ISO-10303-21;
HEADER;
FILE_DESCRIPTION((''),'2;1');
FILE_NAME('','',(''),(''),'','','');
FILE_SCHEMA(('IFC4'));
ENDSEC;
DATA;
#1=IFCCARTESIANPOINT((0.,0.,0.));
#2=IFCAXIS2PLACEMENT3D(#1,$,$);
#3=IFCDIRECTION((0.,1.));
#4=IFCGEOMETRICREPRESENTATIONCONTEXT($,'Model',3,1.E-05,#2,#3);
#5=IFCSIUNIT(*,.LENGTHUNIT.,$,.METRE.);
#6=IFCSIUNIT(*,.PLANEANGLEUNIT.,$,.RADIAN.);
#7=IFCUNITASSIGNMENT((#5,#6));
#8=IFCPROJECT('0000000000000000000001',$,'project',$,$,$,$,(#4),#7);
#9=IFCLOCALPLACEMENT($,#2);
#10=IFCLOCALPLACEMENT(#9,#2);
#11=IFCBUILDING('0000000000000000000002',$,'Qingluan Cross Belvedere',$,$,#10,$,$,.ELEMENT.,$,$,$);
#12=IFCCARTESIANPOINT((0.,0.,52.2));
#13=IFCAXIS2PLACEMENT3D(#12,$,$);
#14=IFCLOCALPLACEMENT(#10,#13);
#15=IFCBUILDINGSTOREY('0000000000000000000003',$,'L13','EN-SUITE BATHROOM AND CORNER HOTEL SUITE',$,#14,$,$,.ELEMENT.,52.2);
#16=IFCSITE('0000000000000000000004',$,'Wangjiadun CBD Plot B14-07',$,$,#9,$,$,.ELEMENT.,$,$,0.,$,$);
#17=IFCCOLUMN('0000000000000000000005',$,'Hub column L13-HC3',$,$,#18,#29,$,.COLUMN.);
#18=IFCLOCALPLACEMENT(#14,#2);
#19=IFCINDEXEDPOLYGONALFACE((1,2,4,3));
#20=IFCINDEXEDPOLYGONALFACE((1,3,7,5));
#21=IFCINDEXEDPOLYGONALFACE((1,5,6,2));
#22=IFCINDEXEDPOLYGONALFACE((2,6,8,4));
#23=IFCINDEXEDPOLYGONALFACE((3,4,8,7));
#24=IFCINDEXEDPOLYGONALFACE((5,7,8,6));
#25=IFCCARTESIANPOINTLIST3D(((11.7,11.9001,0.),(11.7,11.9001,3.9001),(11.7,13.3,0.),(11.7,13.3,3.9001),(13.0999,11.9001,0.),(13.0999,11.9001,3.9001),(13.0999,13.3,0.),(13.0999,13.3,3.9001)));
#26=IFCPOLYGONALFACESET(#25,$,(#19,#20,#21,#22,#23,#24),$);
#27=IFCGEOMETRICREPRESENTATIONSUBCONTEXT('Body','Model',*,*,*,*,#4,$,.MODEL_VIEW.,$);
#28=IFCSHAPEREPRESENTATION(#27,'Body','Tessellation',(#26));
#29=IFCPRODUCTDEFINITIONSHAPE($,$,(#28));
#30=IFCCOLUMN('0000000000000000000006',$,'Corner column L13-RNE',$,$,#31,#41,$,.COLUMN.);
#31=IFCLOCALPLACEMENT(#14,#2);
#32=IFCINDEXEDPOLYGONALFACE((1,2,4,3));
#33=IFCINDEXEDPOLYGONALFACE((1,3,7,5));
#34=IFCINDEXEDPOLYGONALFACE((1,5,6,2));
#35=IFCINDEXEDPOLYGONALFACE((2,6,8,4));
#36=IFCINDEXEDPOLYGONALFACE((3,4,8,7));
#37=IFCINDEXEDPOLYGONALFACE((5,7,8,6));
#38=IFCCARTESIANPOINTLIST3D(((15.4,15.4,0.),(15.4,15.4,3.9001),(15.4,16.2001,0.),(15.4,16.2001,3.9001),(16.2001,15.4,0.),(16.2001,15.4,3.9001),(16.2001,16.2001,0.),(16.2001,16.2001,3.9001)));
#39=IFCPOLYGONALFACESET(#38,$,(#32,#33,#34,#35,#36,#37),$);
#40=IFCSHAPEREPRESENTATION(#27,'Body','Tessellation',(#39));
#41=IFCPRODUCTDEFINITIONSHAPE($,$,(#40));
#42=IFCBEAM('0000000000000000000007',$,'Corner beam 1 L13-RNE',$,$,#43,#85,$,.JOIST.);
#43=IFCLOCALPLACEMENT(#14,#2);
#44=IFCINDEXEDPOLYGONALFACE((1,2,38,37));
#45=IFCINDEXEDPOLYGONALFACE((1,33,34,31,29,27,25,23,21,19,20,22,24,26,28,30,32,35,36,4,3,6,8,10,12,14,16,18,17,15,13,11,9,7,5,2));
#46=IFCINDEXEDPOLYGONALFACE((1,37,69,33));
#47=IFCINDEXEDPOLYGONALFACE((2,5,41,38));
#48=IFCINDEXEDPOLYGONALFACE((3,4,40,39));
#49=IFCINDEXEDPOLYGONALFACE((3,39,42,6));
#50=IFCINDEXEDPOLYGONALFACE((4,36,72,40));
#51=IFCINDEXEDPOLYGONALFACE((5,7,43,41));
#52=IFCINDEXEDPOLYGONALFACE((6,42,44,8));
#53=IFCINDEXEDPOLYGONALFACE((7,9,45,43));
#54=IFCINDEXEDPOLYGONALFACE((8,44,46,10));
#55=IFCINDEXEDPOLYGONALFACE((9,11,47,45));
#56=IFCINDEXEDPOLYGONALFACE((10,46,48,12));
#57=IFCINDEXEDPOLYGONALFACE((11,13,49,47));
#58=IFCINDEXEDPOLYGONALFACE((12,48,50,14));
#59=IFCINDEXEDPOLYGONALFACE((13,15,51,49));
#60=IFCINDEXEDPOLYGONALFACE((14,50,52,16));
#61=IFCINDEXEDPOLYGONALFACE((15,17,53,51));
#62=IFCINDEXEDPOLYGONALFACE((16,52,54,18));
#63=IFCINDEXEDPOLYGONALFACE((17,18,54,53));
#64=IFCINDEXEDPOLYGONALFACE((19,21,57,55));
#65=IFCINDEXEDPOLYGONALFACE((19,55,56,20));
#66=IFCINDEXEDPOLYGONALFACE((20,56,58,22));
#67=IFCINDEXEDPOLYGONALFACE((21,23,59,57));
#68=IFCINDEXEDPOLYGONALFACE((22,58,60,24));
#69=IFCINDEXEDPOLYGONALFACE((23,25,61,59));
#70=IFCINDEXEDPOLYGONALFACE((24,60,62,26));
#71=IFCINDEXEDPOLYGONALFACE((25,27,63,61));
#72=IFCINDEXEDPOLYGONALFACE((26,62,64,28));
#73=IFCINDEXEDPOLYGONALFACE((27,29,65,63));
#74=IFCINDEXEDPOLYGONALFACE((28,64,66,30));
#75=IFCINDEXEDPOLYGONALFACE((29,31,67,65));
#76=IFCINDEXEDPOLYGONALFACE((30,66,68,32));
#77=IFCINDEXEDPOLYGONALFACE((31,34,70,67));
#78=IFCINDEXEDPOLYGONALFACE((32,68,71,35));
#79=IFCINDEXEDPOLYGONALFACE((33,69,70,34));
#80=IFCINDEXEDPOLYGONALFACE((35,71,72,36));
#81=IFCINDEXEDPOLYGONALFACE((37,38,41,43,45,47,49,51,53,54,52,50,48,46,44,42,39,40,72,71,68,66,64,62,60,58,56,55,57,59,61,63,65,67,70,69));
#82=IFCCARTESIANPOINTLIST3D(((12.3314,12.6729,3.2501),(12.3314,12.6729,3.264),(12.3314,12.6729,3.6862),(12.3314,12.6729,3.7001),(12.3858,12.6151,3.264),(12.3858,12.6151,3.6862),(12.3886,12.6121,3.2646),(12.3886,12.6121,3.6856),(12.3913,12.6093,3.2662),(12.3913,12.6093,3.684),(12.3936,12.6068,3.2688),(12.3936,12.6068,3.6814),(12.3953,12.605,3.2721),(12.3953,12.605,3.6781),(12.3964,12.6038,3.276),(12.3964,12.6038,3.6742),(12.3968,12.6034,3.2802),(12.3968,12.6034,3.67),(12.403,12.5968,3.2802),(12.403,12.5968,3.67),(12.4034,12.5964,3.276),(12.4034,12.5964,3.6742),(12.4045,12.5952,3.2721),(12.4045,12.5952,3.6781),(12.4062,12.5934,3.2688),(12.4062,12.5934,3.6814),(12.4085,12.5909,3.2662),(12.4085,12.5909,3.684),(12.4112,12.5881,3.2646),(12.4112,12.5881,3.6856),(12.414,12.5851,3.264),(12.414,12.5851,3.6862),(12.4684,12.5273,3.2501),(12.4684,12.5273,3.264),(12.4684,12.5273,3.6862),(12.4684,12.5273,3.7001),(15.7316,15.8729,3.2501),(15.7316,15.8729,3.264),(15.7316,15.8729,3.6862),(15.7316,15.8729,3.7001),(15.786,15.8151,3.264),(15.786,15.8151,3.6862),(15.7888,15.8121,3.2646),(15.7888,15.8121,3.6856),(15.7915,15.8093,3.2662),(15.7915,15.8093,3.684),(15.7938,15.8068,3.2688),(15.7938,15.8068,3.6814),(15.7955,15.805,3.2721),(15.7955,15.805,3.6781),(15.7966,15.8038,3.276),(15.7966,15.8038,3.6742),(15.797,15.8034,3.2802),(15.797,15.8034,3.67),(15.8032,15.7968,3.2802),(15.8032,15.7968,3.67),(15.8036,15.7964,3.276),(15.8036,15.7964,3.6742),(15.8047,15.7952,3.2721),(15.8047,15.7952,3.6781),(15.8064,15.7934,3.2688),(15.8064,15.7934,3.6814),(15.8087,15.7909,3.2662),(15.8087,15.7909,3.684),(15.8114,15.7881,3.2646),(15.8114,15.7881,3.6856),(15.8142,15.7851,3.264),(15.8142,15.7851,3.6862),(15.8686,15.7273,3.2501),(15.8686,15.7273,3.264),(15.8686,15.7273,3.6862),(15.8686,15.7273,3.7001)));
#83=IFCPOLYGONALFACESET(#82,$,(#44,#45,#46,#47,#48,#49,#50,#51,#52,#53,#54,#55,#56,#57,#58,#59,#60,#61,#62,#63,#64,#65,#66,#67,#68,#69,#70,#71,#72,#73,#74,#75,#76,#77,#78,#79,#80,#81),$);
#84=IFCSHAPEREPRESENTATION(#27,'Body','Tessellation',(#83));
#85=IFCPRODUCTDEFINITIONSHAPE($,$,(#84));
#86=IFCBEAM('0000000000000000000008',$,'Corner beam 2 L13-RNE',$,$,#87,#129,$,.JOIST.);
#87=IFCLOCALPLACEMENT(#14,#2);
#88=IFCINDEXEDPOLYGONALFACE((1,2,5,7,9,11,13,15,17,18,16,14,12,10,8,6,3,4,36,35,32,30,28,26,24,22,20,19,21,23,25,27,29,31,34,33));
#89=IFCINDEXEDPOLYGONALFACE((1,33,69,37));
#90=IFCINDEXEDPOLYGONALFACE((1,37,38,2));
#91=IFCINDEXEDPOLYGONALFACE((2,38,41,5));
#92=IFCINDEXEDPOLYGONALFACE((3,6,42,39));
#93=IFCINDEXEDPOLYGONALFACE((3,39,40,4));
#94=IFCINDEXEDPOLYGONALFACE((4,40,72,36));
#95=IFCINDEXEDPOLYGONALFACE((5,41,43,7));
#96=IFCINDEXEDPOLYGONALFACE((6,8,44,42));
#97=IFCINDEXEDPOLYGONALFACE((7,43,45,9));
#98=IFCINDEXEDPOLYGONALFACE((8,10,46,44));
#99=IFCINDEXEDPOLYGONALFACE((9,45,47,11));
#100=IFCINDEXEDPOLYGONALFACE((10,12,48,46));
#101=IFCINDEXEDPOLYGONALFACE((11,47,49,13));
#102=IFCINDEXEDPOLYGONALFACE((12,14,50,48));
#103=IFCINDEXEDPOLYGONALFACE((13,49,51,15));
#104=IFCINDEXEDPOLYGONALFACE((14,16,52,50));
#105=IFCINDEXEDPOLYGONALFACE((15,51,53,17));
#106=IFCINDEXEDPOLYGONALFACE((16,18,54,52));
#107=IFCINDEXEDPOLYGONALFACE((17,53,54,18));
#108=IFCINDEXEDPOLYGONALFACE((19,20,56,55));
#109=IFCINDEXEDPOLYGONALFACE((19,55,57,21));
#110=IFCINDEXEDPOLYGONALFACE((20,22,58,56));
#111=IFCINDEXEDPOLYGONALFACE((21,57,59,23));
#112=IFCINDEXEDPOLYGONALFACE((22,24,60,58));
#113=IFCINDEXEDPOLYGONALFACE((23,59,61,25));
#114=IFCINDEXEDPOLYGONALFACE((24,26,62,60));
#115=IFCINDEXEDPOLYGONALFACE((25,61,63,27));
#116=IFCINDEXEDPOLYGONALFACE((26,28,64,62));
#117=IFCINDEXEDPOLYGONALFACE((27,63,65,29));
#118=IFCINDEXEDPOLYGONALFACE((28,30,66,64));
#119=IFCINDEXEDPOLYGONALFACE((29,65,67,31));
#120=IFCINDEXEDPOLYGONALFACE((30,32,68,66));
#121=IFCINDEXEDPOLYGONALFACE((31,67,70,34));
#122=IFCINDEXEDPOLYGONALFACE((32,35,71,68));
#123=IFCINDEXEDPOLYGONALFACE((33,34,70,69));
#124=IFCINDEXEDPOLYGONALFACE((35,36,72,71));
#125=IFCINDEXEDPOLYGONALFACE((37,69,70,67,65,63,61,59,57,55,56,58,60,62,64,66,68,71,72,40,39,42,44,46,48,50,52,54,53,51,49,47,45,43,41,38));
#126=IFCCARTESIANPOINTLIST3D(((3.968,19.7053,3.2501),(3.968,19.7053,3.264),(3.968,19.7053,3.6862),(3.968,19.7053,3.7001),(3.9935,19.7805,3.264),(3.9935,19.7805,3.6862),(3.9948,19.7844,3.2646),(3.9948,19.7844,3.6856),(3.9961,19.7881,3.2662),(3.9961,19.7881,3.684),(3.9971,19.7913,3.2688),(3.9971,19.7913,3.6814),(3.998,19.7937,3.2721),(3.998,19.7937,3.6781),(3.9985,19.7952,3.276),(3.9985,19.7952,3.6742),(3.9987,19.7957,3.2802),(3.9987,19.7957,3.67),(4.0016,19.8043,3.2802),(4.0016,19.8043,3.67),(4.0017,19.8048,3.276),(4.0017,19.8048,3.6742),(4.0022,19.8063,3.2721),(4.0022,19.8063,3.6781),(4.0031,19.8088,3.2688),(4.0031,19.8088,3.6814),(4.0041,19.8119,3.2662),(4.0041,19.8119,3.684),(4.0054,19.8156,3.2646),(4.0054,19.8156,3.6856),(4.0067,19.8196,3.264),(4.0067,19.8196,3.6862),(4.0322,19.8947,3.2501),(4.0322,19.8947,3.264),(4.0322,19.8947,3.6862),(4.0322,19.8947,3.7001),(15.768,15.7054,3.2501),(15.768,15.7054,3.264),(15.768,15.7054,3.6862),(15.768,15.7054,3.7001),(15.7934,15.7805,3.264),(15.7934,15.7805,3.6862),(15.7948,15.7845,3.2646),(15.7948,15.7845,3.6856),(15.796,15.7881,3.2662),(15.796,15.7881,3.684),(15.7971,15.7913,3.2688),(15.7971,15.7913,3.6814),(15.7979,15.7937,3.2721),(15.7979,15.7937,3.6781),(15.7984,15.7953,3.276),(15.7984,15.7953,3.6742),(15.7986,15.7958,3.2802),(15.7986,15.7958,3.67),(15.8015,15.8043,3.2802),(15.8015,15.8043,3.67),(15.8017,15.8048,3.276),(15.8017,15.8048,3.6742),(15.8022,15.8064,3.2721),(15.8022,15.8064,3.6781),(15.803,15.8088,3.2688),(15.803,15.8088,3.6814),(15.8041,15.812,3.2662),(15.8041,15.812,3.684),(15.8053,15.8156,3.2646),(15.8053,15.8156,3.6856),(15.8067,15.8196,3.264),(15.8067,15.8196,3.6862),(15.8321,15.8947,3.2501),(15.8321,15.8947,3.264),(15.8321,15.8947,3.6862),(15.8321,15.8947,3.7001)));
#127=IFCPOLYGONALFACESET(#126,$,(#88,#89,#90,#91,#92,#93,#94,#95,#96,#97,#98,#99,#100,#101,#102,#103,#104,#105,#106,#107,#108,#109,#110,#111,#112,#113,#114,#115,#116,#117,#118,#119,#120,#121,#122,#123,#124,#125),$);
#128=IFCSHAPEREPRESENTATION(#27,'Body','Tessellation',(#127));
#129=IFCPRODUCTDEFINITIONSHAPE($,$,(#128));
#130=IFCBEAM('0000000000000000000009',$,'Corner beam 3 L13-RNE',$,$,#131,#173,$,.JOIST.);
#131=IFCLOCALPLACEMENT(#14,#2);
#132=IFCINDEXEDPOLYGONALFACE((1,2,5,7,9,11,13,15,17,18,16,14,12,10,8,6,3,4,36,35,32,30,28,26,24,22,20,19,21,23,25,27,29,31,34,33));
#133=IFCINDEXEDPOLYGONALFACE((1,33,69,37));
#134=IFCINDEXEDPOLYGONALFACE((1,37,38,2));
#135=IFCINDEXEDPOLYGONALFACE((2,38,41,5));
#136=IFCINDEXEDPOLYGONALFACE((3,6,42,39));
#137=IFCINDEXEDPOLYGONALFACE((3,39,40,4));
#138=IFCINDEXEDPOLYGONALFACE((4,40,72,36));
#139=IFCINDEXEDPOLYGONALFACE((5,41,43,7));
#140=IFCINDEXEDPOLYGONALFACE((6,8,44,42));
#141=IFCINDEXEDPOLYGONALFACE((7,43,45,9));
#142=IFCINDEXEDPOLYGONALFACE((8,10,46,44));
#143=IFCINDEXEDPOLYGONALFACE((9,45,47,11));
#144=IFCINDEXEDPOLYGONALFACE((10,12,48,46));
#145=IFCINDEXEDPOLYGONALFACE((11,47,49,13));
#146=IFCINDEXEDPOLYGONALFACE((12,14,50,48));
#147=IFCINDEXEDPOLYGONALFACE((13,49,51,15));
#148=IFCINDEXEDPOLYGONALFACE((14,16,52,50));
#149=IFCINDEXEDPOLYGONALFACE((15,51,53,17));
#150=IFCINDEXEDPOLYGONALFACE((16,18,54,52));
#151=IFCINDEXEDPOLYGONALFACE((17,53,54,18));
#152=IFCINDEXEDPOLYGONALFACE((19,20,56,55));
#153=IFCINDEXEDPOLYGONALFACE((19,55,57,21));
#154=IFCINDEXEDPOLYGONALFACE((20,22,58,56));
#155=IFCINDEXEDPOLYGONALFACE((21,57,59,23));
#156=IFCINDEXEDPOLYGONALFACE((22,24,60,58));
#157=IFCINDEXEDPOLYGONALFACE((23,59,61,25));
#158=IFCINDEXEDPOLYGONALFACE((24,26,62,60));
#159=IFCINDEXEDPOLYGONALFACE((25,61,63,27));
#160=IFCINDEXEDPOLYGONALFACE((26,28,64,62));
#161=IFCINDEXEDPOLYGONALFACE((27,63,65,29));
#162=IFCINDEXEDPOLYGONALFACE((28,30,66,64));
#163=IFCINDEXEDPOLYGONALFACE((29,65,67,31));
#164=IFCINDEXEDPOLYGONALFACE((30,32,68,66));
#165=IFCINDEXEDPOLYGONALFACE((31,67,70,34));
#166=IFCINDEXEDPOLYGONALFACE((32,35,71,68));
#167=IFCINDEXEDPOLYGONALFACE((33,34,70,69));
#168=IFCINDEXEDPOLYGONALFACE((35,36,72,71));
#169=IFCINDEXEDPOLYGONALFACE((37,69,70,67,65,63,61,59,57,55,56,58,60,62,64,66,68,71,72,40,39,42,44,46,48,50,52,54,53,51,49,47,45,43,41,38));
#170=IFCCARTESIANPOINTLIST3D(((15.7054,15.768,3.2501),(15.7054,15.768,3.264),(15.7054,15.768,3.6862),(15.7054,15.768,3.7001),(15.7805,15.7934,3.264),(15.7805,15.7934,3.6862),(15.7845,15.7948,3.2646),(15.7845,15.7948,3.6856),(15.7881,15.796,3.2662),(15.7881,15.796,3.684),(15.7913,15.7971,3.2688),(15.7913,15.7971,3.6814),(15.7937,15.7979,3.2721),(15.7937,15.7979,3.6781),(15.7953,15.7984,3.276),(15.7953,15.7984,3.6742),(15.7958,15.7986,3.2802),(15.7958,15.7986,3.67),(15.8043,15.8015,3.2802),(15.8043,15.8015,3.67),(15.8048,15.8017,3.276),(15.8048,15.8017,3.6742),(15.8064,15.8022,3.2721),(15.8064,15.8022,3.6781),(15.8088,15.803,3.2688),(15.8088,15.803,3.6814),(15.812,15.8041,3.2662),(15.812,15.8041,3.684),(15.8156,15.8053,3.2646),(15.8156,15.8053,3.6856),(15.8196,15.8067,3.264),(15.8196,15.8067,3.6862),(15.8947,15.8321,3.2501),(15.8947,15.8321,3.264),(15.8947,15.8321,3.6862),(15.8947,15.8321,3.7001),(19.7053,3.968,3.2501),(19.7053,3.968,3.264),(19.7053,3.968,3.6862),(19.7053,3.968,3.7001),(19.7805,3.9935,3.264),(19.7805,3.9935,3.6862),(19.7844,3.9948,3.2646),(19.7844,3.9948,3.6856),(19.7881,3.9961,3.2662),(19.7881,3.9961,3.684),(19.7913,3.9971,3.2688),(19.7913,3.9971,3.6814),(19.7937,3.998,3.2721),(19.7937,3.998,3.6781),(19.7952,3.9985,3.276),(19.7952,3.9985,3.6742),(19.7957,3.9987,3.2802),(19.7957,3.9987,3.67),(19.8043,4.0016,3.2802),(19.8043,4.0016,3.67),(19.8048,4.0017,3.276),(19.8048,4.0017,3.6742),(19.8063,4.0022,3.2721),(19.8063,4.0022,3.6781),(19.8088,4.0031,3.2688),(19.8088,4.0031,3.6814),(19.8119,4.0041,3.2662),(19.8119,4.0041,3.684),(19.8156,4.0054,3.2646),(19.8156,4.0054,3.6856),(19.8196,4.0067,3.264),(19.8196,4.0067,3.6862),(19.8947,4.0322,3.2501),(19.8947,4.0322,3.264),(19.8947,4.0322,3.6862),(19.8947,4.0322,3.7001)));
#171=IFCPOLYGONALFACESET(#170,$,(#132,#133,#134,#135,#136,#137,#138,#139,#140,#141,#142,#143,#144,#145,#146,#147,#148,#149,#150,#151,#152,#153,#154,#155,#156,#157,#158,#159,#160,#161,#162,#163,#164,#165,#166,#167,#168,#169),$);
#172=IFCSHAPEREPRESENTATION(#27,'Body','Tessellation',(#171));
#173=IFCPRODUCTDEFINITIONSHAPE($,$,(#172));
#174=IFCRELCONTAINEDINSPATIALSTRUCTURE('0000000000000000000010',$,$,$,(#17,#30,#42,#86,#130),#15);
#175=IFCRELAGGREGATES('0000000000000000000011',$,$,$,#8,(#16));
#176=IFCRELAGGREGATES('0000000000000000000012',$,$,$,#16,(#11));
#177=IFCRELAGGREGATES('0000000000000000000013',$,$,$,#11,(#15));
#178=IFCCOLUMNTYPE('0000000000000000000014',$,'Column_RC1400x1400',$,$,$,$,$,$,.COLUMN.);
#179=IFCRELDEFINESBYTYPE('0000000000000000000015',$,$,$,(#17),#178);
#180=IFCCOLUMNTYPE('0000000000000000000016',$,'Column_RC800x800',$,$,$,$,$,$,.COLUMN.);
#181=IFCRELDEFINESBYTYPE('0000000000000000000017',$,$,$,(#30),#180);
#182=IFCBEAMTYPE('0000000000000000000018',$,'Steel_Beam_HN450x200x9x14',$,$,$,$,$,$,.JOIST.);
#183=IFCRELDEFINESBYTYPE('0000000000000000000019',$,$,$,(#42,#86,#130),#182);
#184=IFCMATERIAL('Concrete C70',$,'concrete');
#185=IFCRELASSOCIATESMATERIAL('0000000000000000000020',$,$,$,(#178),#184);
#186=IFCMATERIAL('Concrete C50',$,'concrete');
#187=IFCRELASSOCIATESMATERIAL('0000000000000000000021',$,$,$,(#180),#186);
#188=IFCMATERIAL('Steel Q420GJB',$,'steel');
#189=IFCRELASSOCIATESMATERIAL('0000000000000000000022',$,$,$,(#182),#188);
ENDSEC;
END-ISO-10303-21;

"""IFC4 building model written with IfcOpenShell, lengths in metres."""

from ifc_helpers import new_model, si_unit, direction, frame, origin, origin_2d, place, context, subcontext, project, spatial, rectangle, i_section, extrude, material, material_profile, profile_set, type_object, element, save


model = new_model("IFC4")

# Units and contexts
model_context = context("Model", 3, precision=1e-05, world=origin(), true_north=direction((0.0, 1.0)))
body_context = subcontext(model_context, "Body", "Model", "MODEL_VIEW")
ifc_project = project(units=[si_unit("LENGTHUNIT", "METRE"), si_unit("PLANEANGLEUNIT", "RADIAN")], contexts=[model_context])

# Site, building, storey
site_placement = place(None, origin())
site = spatial("IfcSite", under=ifc_project, at=site_placement, Name="Wangjiadun CBD Plot B14-07", CompositionType="ELEMENT", RefElevation=0.0)
building_placement = place(site_placement, origin())
building = spatial("IfcBuilding", under=site, at=building_placement, Name="Qingluan Cross Belvedere", CompositionType="ELEMENT")
storey_placement = place(building_placement, frame((0.0, 0.0, 52.2)))
storey = spatial("IfcBuildingStorey", under=building, at=storey_placement, Name="L13", Description="EN-SUITE BATHROOM AND CORNER HOTEL SUITE", CompositionType="ELEMENT", Elevation=52.2)

# Columns
ifc_material_1 = material(Name="Concrete C70", Category="concrete")
ifc_material_profile_1 = material_profile(ifc_material_1, rectangle(XDim=1.3999, YDim=1.3999, at=origin_2d()), Name="RC1400x1400")
ifc_profile_set_1 = profile_set([ifc_material_profile_1], Name="Concrete C70")
column_type_1 = type_object("IfcColumnType", Name="Column_RC1400x1400", PredefinedType="COLUMN", material=ifc_profile_set_1)
column_1_placement = place(storey_placement, frame((12.3999, 12.6001, 0.0), z_axis=(0.0, 0.0, 1.0), x_axis=(1.0, 0.0, 0.0)))
element("IfcColumn", 1, at=column_1_placement, inside=storey, type_object=column_type_1, Name="Hub column L13-HC3", PredefinedType="COLUMN", context=body_context, shape_type="SweptSolid", body=[
    extrude(rectangle(XDim=1.3999, YDim=1.3999, at=origin_2d()), origin(), (0.0, 0.0, 1.0), 3.9001),
])
ifc_material_2 = material(Name="Concrete C50", Category="concrete")
ifc_material_profile_2 = material_profile(ifc_material_2, rectangle(XDim=0.8, YDim=0.8, at=origin_2d()), Name="RC800x800")
ifc_profile_set_2 = profile_set([ifc_material_profile_2], Name="Concrete C50")
column_type_2 = type_object("IfcColumnType", Name="Column_RC800x800", PredefinedType="COLUMN", material=ifc_profile_set_2)
column_2_placement = place(storey_placement, frame((15.8, 15.8, 0.0), z_axis=(0.0, 0.0, 1.0), x_axis=(1.0, 0.0, 0.0)))
element("IfcColumn", 2, at=column_2_placement, inside=storey, type_object=column_type_2, Name="Corner column L13-RNE", PredefinedType="COLUMN", context=body_context, shape_type="SweptSolid", body=[
    extrude(rectangle(XDim=0.8, YDim=0.8, at=origin_2d()), origin(), (0.0, 0.0, 1.0), 3.9001),
])

# Beams
ifc_material_3 = material(Name="Steel Q420GJB", Category="steel")
ifc_material_profile_3 = material_profile(ifc_material_3, i_section(OverallWidth=0.2, OverallDepth=0.45, WebThickness=0.009, FlangeThickness=0.0139, FilletRadius=0.0161, at=origin_2d()), Name="HN450x200x9x14")
ifc_profile_set_3 = profile_set([ifc_material_profile_3], Name="Steel Q420GJB")
beam_type = type_object("IfcBeamType", Name="Steel_Beam_HN450x200x9x14", PredefinedType="JOIST", material=ifc_profile_set_3)
beam_1_placement = place(storey_placement, frame((12.3999, 12.6001, 3.4751), z_axis=(0.72822, 0.685343, 0.0), x_axis=(-0.685343, 0.72822, 0.0)))
element("IfcBeam", 3, at=beam_1_placement, inside=storey, type_object=beam_type, Name="Corner beam 1 L13-RNE", PredefinedType="JOIST", context=body_context, shape_type="SweptSolid", body=[
    extrude(i_section(OverallWidth=0.2, OverallDepth=0.45, WebThickness=0.009, FlangeThickness=0.0139, FilletRadius=0.0161, at=origin_2d()), origin(), (0.0, 0.0, 1.0), 4.6692),
])
for number, where, z_axis, x_axis, name in (
    (4, (15.8, 15.8, 3.4751), (-0.947066, 0.321038, 0.0), (-0.321038, -0.947066, 0.0), "Corner beam 2 L13-RNE"),
    (5, (15.8, 15.8, 3.4751), (0.321038, -0.947066, 0.0), (0.947066, 0.321038, 0.0), "Corner beam 3 L13-RNE"),
):
    element("IfcBeam", number, at=place(storey_placement, frame(where, z_axis=z_axis, x_axis=x_axis)), inside=storey, type_object=beam_type, Name=name, PredefinedType="JOIST", context=body_context, shape_type="SweptSolid", body=[
        extrude(i_section(OverallWidth=0.2, OverallDepth=0.45, WebThickness=0.009, FlangeThickness=0.0139, FilletRadius=0.0161, at=origin_2d()), origin(), (0.0, 0.0, 1.0), 12.4595),
    ])

save(model, "model.ifc")
